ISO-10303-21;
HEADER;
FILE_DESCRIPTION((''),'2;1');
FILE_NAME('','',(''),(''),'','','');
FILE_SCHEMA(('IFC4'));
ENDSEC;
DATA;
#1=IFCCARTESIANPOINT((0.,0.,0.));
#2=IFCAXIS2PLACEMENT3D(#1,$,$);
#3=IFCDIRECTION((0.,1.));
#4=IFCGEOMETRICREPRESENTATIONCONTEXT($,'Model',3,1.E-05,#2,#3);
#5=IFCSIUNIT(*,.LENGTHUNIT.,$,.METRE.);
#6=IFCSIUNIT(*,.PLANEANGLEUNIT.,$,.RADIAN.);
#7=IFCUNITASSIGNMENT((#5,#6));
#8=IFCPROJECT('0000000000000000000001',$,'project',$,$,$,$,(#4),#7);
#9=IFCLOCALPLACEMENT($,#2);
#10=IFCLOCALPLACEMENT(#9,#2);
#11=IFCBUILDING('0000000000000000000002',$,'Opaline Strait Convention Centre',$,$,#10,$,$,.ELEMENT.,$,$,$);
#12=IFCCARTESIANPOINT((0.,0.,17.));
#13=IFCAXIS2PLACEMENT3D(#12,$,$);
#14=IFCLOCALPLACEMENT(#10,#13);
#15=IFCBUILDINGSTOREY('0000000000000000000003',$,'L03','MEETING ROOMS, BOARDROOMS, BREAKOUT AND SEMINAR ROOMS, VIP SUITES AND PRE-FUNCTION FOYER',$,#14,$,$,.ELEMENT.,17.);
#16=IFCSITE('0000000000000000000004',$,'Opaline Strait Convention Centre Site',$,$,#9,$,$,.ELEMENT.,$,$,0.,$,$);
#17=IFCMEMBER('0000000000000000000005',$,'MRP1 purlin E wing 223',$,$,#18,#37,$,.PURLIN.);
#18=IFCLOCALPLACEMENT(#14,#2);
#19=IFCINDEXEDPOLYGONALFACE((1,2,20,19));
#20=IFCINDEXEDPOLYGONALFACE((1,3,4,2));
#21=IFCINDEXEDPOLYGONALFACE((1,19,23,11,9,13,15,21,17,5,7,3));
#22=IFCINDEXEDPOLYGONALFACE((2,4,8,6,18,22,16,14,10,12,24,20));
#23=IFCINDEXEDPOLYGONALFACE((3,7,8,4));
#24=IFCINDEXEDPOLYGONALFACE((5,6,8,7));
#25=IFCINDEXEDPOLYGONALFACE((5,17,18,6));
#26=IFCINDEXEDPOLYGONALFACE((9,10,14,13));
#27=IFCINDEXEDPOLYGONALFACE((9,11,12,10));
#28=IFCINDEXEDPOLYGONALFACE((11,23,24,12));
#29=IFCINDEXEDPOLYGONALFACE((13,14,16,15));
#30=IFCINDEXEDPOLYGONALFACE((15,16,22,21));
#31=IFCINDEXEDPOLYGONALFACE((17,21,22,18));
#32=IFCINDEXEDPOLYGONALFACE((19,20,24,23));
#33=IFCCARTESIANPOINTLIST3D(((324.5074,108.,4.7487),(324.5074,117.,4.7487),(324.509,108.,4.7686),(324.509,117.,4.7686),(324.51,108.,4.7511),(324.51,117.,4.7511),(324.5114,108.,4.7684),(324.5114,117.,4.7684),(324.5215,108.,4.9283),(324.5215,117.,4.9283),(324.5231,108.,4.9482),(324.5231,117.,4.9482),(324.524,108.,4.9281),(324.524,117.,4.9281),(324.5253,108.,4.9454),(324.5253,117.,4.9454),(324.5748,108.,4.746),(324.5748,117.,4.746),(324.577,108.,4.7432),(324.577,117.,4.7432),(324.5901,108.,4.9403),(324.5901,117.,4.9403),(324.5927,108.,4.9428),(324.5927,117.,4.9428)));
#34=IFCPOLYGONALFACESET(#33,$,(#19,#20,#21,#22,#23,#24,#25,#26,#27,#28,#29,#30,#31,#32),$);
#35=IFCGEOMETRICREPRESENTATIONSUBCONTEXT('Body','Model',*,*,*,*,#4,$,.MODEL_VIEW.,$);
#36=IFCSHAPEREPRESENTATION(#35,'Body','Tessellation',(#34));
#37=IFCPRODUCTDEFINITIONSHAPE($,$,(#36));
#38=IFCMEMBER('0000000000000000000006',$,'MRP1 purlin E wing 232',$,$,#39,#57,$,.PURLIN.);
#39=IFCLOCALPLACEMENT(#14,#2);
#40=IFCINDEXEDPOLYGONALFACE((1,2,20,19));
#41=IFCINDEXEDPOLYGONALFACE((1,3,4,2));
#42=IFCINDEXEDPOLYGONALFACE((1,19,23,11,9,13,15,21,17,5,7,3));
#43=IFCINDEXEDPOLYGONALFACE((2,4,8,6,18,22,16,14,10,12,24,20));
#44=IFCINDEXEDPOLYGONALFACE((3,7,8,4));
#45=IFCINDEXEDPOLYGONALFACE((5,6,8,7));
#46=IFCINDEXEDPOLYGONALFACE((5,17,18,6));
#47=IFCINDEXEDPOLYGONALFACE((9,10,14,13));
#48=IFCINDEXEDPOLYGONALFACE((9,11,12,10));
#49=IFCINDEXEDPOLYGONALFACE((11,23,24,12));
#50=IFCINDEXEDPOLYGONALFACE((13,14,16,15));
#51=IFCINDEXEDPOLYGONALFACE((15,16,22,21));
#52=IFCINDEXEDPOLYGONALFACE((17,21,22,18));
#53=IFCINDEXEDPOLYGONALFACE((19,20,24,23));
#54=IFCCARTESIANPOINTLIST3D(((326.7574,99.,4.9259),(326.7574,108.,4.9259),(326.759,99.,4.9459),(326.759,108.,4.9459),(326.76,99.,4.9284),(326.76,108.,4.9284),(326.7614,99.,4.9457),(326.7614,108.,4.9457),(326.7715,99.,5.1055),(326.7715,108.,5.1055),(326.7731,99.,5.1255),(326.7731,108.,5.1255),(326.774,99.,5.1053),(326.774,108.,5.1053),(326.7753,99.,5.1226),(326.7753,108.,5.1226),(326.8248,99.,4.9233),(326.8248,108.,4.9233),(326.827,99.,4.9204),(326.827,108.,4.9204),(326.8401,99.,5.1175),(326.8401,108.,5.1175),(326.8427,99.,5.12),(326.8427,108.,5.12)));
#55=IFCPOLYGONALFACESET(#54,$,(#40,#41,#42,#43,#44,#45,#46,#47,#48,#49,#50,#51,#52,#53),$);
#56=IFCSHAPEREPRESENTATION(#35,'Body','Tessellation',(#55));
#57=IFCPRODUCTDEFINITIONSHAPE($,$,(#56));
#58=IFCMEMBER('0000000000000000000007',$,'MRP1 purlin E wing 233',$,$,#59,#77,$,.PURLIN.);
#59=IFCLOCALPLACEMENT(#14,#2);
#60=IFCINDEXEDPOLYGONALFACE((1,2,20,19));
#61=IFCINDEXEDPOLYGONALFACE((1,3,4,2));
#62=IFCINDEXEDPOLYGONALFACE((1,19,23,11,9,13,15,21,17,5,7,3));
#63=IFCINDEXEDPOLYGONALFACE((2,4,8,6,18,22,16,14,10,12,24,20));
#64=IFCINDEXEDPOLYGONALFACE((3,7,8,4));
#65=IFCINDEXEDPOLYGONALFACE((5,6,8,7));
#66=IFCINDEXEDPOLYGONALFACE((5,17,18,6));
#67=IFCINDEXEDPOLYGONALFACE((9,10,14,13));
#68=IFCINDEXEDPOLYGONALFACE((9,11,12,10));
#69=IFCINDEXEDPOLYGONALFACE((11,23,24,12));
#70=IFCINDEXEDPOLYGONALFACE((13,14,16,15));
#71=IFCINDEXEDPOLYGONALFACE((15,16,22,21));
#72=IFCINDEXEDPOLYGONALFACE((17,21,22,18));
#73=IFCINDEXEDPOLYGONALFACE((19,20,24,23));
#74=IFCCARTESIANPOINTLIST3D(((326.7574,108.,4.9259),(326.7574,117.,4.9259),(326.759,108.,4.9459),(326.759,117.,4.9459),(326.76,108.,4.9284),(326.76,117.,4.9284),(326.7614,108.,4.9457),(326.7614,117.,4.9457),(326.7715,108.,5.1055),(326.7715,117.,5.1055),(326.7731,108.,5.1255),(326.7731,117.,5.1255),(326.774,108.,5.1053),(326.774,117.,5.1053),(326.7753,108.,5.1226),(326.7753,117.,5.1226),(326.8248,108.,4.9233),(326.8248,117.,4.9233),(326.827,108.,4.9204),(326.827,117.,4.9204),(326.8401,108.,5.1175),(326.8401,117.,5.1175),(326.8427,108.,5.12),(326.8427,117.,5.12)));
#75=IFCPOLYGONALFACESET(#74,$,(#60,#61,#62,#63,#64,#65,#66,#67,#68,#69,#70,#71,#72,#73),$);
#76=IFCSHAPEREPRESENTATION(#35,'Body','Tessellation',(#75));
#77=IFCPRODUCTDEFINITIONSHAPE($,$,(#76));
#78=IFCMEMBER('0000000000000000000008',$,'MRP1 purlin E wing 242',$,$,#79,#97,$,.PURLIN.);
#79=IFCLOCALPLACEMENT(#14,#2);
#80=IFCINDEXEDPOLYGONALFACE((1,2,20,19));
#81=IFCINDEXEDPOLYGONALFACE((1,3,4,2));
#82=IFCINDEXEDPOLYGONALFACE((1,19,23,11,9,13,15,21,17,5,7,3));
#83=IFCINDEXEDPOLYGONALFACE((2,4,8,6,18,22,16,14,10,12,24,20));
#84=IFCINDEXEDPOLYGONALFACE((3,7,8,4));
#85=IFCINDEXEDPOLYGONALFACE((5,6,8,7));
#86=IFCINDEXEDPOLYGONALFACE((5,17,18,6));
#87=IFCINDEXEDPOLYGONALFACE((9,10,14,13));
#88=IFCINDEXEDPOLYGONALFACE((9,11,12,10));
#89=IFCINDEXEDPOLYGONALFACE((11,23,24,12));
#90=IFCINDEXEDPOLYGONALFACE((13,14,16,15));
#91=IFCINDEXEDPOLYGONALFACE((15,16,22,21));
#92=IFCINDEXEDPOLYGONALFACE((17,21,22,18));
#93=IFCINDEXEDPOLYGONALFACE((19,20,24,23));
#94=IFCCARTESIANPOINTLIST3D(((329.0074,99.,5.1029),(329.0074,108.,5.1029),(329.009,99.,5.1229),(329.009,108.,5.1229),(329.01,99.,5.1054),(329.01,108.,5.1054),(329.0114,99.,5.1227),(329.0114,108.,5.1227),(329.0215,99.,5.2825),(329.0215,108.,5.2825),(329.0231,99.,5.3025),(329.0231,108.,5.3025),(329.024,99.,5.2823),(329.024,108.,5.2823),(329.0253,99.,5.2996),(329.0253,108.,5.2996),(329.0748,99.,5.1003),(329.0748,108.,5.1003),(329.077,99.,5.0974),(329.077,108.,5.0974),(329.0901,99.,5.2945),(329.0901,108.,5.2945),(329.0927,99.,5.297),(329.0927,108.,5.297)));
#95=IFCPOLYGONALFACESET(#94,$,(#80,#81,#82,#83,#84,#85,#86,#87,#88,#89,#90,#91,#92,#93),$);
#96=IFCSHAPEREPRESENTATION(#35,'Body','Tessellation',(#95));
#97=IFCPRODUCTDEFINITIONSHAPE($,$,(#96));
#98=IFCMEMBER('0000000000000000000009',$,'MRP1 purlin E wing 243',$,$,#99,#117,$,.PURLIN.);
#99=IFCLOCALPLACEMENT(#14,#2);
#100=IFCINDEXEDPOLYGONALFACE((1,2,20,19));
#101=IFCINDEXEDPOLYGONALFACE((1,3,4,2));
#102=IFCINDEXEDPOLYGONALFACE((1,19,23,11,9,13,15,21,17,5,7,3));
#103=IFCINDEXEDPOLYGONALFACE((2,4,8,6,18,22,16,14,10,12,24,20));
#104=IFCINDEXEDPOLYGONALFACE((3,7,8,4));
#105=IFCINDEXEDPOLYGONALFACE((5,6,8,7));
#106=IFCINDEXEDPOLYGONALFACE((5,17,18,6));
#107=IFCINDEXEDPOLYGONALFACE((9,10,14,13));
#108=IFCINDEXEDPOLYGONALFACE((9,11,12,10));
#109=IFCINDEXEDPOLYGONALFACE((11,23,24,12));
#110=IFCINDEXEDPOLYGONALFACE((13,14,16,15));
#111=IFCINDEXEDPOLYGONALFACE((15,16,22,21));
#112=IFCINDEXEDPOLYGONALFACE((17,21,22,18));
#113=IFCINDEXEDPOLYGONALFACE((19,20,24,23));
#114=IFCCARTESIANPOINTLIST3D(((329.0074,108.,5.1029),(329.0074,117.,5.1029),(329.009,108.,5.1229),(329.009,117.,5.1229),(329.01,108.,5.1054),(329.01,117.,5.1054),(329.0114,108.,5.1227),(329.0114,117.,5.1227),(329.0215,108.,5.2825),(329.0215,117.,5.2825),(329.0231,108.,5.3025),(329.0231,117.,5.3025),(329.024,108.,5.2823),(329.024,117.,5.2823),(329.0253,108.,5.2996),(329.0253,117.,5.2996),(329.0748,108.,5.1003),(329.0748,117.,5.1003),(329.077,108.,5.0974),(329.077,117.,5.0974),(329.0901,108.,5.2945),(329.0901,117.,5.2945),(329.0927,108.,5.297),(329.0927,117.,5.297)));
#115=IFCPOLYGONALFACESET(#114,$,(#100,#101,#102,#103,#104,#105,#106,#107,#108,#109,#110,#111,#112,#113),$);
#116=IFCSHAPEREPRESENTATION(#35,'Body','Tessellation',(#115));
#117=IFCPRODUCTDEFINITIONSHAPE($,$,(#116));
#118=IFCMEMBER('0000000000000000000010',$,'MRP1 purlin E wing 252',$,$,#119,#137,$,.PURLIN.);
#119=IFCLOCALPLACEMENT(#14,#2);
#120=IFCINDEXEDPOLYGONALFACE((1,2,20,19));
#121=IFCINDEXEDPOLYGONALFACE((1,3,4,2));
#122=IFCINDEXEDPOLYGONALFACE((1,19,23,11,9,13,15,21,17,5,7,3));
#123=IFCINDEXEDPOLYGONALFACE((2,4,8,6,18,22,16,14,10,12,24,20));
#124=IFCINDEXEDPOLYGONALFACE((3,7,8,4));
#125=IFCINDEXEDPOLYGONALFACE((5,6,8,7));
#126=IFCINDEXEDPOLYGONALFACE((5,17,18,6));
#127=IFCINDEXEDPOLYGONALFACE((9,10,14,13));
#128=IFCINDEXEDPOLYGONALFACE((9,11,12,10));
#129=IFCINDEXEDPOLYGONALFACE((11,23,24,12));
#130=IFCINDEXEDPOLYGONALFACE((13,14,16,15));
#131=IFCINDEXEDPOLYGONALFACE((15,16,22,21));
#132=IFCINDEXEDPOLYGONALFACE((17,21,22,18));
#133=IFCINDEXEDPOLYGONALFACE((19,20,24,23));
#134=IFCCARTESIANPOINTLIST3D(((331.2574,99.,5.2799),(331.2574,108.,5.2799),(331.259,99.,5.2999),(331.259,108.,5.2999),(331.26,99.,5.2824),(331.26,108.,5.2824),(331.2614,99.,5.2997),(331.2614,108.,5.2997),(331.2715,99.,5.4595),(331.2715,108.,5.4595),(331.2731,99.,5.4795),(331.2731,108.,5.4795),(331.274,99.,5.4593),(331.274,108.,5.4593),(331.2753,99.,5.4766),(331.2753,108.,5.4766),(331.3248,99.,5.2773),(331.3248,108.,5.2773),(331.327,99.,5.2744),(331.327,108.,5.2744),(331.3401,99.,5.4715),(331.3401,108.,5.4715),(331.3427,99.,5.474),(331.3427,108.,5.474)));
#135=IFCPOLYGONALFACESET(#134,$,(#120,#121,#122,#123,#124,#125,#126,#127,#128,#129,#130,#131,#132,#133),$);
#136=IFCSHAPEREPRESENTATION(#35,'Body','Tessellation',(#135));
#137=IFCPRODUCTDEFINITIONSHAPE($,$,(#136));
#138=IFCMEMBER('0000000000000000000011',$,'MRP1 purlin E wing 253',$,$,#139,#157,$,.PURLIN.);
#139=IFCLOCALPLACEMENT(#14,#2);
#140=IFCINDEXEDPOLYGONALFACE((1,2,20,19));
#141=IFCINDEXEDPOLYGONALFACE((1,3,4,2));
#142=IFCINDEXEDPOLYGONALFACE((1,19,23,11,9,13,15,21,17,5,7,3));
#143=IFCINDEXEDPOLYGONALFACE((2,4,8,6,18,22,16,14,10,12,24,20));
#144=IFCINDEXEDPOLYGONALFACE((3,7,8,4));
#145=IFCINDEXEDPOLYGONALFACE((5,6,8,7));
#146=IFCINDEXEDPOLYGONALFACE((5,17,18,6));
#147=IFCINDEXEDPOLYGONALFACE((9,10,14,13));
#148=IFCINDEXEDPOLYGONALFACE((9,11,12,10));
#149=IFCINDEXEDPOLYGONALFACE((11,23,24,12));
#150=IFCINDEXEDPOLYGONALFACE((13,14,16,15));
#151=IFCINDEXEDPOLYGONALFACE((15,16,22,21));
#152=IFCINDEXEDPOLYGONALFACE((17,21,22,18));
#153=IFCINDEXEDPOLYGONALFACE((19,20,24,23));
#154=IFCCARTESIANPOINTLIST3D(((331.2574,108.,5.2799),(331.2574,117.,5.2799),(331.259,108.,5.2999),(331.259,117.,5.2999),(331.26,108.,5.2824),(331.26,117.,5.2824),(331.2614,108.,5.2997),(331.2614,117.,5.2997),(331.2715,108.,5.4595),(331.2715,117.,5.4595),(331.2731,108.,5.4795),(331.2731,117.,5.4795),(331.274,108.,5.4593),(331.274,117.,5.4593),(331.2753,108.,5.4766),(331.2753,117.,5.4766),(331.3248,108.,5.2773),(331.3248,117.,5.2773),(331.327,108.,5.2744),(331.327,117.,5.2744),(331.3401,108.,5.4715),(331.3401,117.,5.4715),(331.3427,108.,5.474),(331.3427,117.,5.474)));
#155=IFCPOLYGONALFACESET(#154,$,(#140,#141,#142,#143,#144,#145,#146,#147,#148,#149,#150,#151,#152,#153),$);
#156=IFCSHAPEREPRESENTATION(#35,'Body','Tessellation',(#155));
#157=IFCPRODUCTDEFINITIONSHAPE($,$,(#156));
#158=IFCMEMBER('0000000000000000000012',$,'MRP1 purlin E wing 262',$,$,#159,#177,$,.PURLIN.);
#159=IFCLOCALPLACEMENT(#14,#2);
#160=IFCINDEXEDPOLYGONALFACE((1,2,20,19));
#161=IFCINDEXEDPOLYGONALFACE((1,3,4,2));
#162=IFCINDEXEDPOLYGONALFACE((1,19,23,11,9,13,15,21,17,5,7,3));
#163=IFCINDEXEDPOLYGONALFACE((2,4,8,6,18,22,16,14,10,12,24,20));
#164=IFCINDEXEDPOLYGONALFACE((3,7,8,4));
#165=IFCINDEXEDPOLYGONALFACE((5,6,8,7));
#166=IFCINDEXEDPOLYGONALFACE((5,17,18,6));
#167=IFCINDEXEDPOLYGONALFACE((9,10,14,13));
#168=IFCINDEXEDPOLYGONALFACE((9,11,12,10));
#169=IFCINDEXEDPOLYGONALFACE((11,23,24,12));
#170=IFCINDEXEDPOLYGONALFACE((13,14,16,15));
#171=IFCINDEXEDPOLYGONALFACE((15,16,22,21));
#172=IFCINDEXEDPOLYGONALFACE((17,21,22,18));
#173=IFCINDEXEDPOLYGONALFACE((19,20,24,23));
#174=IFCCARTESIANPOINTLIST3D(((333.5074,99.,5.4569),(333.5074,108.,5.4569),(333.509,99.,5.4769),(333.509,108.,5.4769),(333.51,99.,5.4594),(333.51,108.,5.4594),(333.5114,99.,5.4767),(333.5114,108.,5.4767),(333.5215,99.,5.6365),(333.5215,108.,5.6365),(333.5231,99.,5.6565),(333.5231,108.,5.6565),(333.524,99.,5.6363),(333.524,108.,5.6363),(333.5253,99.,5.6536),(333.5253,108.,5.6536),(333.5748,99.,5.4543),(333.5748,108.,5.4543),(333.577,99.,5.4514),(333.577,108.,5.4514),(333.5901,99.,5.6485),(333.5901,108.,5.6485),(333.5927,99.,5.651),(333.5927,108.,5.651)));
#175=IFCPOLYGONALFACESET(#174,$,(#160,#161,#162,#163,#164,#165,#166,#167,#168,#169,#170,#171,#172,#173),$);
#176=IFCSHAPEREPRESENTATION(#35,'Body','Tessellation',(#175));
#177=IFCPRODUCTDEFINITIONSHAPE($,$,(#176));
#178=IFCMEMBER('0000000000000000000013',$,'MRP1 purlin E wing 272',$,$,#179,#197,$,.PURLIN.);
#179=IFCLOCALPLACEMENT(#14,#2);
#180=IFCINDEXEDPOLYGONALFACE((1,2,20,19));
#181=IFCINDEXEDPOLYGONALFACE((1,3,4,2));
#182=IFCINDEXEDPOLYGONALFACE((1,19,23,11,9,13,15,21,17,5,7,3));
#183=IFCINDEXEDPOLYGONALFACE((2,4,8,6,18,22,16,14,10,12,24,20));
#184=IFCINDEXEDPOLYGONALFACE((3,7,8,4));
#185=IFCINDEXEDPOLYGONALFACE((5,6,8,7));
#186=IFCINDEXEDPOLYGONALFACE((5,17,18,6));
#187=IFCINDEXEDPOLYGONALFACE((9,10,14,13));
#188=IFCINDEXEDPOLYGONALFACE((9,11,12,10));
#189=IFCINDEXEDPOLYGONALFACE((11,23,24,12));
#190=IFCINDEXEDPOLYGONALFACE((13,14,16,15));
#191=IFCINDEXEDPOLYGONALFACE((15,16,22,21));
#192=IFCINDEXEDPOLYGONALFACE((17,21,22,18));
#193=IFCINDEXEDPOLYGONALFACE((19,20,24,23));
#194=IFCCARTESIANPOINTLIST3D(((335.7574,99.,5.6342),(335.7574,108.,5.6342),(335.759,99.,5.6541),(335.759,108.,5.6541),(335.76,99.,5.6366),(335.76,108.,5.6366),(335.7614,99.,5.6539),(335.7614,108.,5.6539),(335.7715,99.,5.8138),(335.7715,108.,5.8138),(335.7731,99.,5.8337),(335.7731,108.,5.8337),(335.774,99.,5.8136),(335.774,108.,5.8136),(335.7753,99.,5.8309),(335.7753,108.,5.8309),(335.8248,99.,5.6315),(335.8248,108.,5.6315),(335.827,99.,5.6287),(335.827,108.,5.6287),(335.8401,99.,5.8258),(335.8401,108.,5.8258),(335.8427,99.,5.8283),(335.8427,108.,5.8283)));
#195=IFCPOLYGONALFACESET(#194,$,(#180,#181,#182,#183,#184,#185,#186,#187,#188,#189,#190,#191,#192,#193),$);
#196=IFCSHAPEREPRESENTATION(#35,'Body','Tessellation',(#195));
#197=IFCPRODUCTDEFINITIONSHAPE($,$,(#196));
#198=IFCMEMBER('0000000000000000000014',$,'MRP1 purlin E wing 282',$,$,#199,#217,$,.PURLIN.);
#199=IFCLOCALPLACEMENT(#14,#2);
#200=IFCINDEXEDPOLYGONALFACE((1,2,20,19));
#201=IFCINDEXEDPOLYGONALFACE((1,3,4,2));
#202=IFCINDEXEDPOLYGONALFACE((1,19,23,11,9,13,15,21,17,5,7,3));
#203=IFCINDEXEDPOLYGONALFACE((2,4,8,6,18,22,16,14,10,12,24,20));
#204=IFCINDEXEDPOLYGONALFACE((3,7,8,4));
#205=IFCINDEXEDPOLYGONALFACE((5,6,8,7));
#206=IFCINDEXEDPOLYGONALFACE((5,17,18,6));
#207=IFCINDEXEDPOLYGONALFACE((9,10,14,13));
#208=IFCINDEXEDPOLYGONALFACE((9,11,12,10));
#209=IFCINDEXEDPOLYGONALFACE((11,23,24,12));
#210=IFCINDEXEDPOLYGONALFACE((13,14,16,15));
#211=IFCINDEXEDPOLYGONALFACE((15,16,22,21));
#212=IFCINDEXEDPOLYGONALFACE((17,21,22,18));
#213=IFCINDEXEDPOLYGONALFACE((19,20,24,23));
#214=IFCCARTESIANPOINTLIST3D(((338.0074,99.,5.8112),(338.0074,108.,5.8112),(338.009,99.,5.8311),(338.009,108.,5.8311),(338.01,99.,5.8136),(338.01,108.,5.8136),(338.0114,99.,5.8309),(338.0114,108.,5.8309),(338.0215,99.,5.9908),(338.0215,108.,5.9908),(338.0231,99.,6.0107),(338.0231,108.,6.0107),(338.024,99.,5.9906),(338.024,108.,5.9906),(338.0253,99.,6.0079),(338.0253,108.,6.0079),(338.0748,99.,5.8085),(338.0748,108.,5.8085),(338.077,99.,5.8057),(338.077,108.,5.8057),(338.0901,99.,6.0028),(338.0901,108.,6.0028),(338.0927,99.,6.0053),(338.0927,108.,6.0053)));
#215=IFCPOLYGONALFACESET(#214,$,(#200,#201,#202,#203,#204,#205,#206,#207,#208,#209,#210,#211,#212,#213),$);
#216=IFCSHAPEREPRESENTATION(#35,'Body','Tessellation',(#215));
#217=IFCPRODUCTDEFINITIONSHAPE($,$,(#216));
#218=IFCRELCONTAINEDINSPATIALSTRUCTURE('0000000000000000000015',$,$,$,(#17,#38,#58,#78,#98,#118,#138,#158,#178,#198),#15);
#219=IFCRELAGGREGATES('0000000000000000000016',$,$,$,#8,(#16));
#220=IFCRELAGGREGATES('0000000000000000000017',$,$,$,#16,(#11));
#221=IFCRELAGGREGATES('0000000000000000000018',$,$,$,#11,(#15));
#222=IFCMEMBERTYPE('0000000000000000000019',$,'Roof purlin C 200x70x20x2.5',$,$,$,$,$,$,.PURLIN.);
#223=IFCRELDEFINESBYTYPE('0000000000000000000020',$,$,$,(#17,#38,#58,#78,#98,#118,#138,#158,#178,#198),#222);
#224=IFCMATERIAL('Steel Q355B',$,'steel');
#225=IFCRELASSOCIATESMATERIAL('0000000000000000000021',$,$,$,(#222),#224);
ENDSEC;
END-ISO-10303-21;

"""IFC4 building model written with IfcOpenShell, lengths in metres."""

from ifc_helpers import new_model, si_unit, direction, frame, origin, place, context, subcontext, project, spatial, polyline, outline, extrude, material, material_profile, profile_set, type_object, element, save


model = new_model("IFC4")

# Units and contexts
model_context = context("Model", 3, precision=1e-05, world=origin(), true_north=direction((0.0, 1.0)))
body_context = subcontext(model_context, "Body", "Model", "MODEL_VIEW")
ifc_project = project(units=[si_unit("LENGTHUNIT", "METRE"), si_unit("PLANEANGLEUNIT", "RADIAN")], contexts=[model_context])

# Site, building, storey
site_placement = place(None, origin())
site = spatial("IfcSite", under=ifc_project, at=site_placement, Name="Opaline Strait Convention Centre Site", CompositionType="ELEMENT", RefElevation=0.0)
building_placement = place(site_placement, origin())
building = spatial("IfcBuilding", under=site, at=building_placement, Name="Opaline Strait Convention Centre", CompositionType="ELEMENT")
storey_placement = place(building_placement, frame((0.0, 0.0, 17.0)))
storey = spatial("IfcBuildingStorey", under=building, at=storey_placement, Name="L03", Description="MEETING ROOMS, BOARDROOMS, BREAKOUT AND SEMINAR ROOMS, VIP SUITES AND PRE-FUNCTION FOYER", CompositionType="ELEMENT", Elevation=17.0)

# Shared definitions
ifc_material_1 = material(Name="Steel Q355B", Category="steel")

# Members
ifc_material_profile_1 = material_profile(ifc_material_1, outline(polyline([(-0.0349, -0.1001), (0.0349, -0.1001), (0.0349, -0.0801), (0.0325, -0.0801), (0.0325, -0.0974), (-0.0325, -0.0974), (-0.0325, 0.0974), (0.0325, 0.0974), (0.0325, 0.0801), (0.0349, 0.0801), (0.0349, 0.1001), (-0.0349, 0.1001), (-0.0349, -0.1001)])), Name="C 200x70x20x2.5")
ifc_profile_set_1 = profile_set([ifc_material_profile_1], Name="Steel Q355B")
member_type_1 = type_object("IfcMemberType", Name="Roof purlin C 200x70x20x2.5", PredefinedType="PURLIN", material=ifc_profile_set_1)
for number, where, z_axis, x_axis, name in (
    (1, (324.55, 108.0, 4.8457), (0.0, 1.0, 0.0), (-0.996917, 0.0, 0.078459), "MRP1 purlin E wing 223"),
    (2, (326.8, 99.0, 5.0229), (0.0, 1.0, 0.0), (-0.996917, 0.0, 0.078459), "MRP1 purlin E wing 232"),
    (3, (326.8, 108.0, 5.0229), (0.0, 1.0, 0.0), (-0.996917, 0.0, 0.078459), "MRP1 purlin E wing 233"),
    (4, (329.05, 99.0, 5.2), (0.0, 1.0, 0.0), (-0.996917, 0.0, 0.078459), "MRP1 purlin E wing 242"),
    (5, (329.05, 108.0, 5.2), (0.0, 1.0, 0.0), (-0.996917, 0.0, 0.078459), "MRP1 purlin E wing 243"),
    (6, (331.3, 99.0, 5.377), (0.0, 1.0, 0.0), (-0.996917, 0.0, 0.078459), "MRP1 purlin E wing 252"),
    (7, (331.3, 108.0, 5.377), (0.0, 1.0, 0.0), (-0.996917, 0.0, 0.078459), "MRP1 purlin E wing 253"),
    (8, (333.55, 99.0, 5.554), (0.0, 1.0, 0.0), (-0.996917, 0.0, 0.078459), "MRP1 purlin E wing 262"),
    (9, (335.8, 99.0, 5.7312), (0.0, 1.0, 0.0), (-0.996917, 0.0, 0.078459), "MRP1 purlin E wing 272"),
    (10, (338.05, 99.0, 5.9082), (0.0, 1.0, 0.0), (-0.996917, 0.0, 0.078459), "MRP1 purlin E wing 282"),
):
    element("IfcMember", number, at=place(storey_placement, frame(where, z_axis=z_axis, x_axis=x_axis)), inside=storey, type_object=member_type_1, Name=name, PredefinedType="PURLIN", context=body_context, shape_type="SweptSolid", body=[
        extrude(outline(polyline([(-0.0349, -0.1001), (0.0349, -0.1001), (0.0349, -0.0801), (0.0325, -0.0801), (0.0325, -0.0974), (-0.0325, -0.0974), (-0.0325, 0.0974), (0.0325, 0.0974), (0.0325, 0.0801), (0.0349, 0.0801), (0.0349, 0.1001), (-0.0349, 0.1001), (-0.0349, -0.1001)])), origin(), (0.0, 0.0, 1.0), 9.0),
    ])

save(model, "model.ifc")
